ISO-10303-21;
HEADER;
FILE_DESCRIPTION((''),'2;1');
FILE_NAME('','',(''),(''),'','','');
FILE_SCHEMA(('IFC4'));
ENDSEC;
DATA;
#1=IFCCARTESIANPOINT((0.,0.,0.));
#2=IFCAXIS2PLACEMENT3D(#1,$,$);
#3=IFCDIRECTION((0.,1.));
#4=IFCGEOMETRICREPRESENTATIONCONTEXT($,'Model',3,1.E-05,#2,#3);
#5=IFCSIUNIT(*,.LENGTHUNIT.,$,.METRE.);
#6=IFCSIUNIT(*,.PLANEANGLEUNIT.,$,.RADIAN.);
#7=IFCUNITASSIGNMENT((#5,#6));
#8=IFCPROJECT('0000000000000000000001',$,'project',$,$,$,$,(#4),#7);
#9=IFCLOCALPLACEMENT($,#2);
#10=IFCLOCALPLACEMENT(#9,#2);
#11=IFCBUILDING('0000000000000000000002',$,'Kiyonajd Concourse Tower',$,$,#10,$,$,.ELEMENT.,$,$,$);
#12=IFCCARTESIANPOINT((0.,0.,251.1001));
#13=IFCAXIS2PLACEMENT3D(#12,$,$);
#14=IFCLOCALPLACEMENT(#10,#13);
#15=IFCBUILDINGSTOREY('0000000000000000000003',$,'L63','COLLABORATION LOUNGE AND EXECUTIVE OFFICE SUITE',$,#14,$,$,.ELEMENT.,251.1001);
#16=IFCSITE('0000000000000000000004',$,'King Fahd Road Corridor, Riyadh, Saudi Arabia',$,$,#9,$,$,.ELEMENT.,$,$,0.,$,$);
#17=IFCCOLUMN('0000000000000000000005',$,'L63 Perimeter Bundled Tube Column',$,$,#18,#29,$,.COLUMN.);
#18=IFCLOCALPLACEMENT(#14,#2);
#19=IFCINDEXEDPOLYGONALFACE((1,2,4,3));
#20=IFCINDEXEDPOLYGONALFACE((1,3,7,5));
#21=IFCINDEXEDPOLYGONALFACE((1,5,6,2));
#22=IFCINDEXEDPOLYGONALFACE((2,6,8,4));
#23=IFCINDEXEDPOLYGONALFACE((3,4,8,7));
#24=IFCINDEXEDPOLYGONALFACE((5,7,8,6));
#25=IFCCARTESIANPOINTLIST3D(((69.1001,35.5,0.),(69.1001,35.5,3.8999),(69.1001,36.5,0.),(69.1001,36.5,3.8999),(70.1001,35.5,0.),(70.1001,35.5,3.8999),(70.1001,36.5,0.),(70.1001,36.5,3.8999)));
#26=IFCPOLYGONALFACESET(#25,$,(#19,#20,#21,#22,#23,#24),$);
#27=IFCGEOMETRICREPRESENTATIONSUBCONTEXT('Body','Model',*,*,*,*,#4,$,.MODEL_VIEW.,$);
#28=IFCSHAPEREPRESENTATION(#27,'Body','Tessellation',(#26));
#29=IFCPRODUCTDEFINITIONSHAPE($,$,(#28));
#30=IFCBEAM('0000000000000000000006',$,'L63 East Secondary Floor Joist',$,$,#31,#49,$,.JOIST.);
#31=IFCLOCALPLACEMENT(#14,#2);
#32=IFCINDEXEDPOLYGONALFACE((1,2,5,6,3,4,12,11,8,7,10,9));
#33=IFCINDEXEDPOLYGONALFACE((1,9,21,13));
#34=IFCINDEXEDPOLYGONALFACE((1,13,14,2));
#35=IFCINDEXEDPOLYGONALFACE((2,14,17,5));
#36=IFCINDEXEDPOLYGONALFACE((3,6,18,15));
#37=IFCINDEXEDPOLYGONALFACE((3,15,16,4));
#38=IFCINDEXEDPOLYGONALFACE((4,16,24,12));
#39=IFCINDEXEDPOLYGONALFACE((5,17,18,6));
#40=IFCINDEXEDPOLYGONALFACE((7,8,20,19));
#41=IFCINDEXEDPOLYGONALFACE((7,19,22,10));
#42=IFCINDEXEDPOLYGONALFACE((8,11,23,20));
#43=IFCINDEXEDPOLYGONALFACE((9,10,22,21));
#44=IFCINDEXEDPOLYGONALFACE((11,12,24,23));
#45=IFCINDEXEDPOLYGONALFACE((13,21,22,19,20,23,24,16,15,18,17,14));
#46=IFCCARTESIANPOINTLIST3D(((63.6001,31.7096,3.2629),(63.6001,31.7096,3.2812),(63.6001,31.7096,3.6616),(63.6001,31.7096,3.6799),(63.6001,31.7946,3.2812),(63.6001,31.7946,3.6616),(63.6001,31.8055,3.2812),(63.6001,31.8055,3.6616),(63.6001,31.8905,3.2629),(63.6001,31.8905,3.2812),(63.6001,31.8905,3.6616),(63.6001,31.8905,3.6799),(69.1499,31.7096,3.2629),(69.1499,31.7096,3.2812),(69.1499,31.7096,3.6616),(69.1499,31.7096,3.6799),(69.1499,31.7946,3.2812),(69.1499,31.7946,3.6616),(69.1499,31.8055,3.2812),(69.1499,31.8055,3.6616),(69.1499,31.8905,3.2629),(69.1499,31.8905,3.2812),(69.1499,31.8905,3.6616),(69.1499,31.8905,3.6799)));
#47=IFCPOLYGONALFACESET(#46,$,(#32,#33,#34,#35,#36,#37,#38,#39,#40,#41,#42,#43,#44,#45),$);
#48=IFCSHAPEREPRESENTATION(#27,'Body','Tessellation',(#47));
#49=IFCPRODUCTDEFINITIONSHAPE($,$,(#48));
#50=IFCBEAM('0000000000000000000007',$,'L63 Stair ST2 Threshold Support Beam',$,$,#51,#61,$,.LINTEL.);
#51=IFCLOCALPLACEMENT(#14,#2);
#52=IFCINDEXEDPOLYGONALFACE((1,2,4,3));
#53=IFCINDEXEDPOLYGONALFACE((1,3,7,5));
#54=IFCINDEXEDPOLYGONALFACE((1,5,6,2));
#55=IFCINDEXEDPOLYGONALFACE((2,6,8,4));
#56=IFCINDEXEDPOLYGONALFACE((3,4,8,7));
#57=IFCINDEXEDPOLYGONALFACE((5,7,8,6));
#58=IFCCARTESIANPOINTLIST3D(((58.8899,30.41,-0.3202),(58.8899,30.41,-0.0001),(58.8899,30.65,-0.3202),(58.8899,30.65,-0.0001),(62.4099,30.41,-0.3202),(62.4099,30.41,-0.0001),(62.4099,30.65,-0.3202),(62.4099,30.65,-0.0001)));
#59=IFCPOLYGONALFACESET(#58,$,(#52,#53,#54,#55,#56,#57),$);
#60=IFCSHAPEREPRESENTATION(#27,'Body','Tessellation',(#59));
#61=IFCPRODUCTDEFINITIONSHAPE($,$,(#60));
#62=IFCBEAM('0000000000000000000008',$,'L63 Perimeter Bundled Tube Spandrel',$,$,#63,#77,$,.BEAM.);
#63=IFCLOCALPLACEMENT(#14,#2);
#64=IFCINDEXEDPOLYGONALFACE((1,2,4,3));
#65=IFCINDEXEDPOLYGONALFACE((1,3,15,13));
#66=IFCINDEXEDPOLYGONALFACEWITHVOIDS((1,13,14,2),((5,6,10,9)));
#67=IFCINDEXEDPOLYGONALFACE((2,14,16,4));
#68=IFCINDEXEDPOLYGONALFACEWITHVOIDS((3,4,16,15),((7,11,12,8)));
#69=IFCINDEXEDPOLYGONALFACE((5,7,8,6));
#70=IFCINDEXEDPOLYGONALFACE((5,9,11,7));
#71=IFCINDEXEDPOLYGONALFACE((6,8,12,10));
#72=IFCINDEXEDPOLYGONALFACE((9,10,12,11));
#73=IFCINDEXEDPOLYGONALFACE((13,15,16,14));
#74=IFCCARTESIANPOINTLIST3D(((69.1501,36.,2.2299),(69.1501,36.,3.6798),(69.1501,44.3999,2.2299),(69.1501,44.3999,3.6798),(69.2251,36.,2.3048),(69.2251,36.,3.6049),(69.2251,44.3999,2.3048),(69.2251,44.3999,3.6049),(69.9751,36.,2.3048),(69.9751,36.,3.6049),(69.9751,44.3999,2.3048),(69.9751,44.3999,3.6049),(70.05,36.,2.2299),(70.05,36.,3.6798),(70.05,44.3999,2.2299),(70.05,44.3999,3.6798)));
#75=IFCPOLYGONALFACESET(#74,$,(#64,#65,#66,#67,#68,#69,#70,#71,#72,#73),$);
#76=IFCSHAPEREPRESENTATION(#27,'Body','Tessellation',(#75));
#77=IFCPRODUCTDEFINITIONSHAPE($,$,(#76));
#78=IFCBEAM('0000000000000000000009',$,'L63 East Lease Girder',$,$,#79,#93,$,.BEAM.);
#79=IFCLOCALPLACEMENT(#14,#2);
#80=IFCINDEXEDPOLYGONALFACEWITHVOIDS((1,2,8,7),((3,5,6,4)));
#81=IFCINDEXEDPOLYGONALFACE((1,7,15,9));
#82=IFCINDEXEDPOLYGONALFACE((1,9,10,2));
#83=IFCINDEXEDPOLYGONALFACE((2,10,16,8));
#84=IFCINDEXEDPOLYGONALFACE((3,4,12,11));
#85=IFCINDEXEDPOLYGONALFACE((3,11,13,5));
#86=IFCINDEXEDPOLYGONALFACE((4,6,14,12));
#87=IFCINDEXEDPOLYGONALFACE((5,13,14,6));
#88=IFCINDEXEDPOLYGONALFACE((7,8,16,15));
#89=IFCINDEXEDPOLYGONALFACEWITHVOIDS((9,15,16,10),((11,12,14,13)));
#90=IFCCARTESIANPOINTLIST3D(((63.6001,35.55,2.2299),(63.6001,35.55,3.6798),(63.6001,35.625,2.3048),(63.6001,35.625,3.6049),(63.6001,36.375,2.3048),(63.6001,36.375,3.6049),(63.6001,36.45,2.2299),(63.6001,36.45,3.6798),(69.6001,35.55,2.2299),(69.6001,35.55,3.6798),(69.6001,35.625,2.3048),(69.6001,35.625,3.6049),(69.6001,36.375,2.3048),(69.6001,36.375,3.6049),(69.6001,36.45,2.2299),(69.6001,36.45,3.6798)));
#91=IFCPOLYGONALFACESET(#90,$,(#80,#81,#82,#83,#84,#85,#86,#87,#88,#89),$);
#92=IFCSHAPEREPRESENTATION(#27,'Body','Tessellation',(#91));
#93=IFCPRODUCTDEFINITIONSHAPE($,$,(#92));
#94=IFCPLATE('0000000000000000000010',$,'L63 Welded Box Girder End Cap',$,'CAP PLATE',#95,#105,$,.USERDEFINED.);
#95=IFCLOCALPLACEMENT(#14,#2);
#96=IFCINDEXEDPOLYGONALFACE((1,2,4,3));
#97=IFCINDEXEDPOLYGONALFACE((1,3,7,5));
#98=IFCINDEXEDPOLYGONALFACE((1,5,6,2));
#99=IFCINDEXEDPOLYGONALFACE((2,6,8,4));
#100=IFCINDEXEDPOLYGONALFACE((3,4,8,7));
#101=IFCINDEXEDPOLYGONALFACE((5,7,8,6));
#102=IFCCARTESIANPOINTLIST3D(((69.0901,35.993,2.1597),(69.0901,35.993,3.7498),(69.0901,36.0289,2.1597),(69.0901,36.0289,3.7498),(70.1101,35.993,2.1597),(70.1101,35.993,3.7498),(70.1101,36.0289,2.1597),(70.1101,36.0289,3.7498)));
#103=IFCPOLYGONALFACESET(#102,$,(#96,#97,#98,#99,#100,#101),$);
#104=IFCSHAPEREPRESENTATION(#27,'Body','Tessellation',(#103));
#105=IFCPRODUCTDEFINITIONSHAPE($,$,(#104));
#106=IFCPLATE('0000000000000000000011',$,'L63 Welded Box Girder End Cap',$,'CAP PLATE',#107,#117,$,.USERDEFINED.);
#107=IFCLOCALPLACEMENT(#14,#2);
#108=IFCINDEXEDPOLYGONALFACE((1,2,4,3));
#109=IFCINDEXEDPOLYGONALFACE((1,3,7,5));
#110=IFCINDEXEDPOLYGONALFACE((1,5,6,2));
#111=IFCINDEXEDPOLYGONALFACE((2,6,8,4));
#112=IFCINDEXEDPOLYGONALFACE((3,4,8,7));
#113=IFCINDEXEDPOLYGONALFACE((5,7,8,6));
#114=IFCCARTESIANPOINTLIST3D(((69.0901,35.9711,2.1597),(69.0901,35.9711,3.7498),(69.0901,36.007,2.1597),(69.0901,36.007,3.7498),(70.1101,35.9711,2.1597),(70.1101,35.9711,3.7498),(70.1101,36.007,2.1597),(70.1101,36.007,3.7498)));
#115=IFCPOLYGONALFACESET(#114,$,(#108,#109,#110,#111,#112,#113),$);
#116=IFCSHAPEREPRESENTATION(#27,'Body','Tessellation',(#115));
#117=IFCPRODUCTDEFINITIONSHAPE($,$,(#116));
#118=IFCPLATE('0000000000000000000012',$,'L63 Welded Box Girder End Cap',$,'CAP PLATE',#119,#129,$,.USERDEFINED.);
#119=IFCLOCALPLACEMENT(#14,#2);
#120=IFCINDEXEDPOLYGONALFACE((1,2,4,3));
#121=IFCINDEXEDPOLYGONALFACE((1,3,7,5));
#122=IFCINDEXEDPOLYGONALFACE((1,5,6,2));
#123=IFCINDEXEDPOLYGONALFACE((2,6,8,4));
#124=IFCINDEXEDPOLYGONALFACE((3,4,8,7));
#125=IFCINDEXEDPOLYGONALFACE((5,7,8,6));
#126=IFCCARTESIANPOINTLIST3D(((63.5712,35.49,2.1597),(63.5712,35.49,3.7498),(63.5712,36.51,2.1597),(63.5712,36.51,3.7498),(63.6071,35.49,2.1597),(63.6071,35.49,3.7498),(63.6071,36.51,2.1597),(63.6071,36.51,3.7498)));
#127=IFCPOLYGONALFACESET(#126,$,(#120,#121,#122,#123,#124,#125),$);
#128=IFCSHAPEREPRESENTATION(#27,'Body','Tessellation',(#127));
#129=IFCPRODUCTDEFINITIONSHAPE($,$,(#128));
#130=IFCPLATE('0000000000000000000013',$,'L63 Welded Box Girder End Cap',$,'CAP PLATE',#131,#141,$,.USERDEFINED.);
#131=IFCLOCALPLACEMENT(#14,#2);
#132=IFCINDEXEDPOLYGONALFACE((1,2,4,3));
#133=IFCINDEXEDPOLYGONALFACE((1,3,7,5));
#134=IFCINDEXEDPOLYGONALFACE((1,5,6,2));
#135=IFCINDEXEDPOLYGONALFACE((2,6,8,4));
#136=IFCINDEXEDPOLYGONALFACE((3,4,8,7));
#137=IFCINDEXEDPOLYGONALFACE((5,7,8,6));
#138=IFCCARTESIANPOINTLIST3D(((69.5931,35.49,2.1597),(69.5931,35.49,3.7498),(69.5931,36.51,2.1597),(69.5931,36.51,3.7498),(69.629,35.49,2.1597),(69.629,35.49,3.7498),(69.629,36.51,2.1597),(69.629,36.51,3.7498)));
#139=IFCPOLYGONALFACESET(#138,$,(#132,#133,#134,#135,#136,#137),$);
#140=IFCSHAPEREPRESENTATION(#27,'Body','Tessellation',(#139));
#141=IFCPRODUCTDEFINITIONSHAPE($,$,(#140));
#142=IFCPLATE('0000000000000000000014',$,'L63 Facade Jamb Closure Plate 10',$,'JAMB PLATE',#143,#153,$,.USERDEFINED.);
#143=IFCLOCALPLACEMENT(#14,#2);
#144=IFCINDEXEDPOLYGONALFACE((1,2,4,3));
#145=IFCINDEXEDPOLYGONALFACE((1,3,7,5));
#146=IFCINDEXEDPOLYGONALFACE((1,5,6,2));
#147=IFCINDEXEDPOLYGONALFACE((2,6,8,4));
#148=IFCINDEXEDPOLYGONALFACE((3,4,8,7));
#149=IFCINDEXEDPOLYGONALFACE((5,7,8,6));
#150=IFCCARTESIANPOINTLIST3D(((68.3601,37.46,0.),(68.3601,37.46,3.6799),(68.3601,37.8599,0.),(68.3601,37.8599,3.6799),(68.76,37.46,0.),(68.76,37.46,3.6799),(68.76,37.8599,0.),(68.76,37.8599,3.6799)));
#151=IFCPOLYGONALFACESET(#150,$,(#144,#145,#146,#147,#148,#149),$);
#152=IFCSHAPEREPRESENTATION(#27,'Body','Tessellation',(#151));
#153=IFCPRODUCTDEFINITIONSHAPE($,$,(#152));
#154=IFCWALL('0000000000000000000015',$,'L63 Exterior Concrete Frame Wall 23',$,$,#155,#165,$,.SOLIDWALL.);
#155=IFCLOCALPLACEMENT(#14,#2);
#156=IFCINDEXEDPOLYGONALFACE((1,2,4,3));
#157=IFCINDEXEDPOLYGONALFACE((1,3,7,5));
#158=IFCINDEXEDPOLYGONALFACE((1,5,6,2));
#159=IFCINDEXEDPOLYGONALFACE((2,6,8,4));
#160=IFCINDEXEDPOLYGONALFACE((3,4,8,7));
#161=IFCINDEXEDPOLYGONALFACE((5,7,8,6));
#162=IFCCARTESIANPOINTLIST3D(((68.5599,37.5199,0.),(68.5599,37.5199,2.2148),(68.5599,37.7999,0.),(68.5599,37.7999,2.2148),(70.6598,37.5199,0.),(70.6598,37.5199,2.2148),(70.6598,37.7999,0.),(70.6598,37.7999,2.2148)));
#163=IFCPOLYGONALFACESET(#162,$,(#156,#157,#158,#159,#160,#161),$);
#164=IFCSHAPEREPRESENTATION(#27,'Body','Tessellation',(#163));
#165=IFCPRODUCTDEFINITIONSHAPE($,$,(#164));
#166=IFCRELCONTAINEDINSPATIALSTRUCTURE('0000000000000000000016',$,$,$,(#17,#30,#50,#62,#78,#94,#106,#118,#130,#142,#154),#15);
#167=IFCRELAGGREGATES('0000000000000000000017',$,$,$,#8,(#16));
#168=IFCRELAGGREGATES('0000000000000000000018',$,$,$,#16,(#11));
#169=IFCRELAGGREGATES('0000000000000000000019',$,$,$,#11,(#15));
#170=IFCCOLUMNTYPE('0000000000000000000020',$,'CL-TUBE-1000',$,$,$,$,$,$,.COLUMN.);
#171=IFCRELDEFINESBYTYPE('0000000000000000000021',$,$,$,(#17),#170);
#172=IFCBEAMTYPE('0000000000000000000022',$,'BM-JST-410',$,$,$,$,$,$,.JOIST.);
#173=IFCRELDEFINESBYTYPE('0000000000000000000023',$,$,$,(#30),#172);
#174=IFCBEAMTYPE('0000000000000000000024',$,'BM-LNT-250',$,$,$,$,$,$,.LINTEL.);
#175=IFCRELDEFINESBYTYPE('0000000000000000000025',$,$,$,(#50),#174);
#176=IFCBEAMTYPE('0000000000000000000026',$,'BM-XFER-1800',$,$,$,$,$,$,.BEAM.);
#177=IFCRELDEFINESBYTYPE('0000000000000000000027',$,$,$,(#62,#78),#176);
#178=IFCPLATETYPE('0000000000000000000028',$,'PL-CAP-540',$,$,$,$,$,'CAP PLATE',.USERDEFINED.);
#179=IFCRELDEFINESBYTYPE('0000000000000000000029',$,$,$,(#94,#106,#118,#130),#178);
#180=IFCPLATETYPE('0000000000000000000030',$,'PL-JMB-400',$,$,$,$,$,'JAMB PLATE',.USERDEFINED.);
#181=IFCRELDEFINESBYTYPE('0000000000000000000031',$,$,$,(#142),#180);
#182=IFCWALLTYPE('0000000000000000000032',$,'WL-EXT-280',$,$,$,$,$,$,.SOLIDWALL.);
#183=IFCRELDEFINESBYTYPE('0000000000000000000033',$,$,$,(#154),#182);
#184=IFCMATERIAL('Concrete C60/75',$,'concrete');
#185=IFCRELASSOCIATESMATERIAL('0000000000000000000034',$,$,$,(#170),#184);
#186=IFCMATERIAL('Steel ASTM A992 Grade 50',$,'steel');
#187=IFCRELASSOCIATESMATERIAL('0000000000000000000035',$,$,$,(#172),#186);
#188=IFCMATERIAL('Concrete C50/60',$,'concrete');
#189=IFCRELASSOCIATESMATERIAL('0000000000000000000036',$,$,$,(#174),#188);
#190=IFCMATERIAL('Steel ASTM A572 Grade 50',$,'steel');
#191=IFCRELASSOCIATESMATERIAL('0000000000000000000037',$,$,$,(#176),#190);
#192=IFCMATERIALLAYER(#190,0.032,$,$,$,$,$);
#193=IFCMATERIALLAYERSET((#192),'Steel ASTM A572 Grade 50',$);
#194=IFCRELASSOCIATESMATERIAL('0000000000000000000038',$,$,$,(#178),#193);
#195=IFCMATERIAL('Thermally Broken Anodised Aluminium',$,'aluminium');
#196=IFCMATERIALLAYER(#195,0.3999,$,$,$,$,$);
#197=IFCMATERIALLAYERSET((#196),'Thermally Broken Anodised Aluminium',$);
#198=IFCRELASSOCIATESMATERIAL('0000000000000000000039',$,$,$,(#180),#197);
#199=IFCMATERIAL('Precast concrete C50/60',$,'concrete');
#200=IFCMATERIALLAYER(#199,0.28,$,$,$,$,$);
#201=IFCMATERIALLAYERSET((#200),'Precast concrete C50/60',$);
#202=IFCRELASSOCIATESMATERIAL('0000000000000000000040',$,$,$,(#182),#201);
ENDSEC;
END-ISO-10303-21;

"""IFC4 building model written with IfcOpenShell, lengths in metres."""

from ifc_helpers import new_model, si_unit, direction, frame, frame_2d, origin, origin_2d, place, context, subcontext, project, spatial, rectangle, hollow_rectangle, i_section, extrude, material, layer, layer_set, material_profile, profile_set, type_object, element, save


model = new_model("IFC4")

# Units and contexts
model_context = context("Model", 3, precision=1e-05, world=origin(), true_north=direction((0.0, 1.0)))
body_context = subcontext(model_context, "Body", "Model", "MODEL_VIEW")
ifc_project = project(units=[si_unit("LENGTHUNIT", "METRE"), si_unit("PLANEANGLEUNIT", "RADIAN")], contexts=[model_context])

# Site, building, storey
site_placement = place(None, origin())
site = spatial("IfcSite", under=ifc_project, at=site_placement, Name="King Fahd Road Corridor, Riyadh, Saudi Arabia", CompositionType="ELEMENT", RefElevation=0.0)
building_placement = place(site_placement, origin())
building = spatial("IfcBuilding", under=site, at=building_placement, Name="Kiyonajd Concourse Tower", CompositionType="ELEMENT")
storey_placement = place(building_placement, frame((0.0, 0.0, 251.1001)))
storey = spatial("IfcBuildingStorey", under=building, at=storey_placement, Name="L63", Description="COLLABORATION LOUNGE AND EXECUTIVE OFFICE SUITE", CompositionType="ELEMENT", Elevation=251.1001)

# Column
ifc_material_1 = material(Name="Concrete C60/75", Category="concrete")
ifc_material_profile_1 = material_profile(ifc_material_1, rectangle(XDim=1.0, YDim=1.0, at=origin_2d()), Name="RC-1000x1000")
ifc_profile_set_1 = profile_set([ifc_material_profile_1], Name="Concrete C60/75")
column_type = type_object("IfcColumnType", Name="CL-TUBE-1000", PredefinedType="COLUMN", material=ifc_profile_set_1)
column_placement = place(storey_placement, frame((69.6001, 36.0, 0.0), z_axis=(0.0, 0.0, 1.0), x_axis=(1.0, 0.0, 0.0)))
element("IfcColumn", 1, at=column_placement, inside=storey, type_object=column_type, Name="L63 Perimeter Bundled Tube Column", PredefinedType="COLUMN", context=body_context, shape_type="SweptSolid", body=[
    extrude(rectangle(XDim=1.0, YDim=1.0, at=origin_2d()), origin(), (0.0, 0.0, 1.0), 3.8999),
])

# Beams
ifc_material_2 = material(Name="Steel ASTM A992 Grade 50", Category="steel")
ifc_material_profile_2 = material_profile(ifc_material_2, i_section(OverallWidth=0.1809, OverallDepth=0.417, WebThickness=0.011, FlangeThickness=0.0183, at=origin_2d()), Name="W410X85")
ifc_profile_set_2 = profile_set([ifc_material_profile_2], Name="Steel ASTM A992 Grade 50")
beam_type_1 = type_object("IfcBeamType", Name="BM-JST-410", PredefinedType="JOIST", material=ifc_profile_set_2)
beam_1_placement = place(storey_placement, frame((63.6001, 31.8, 3.4714), z_axis=(1.0, 0.0, 0.0), x_axis=(0.0, 1.0, 0.0)))
element("IfcBeam", 2, at=beam_1_placement, inside=storey, type_object=beam_type_1, Name="L63 East Secondary Floor Joist", PredefinedType="JOIST", context=body_context, shape_type="SweptSolid", body=[
    extrude(i_section(OverallWidth=0.1809, OverallDepth=0.417, WebThickness=0.011, FlangeThickness=0.0183, at=origin_2d()), origin(), (0.0, 0.0, 1.0), 5.5498),
])
ifc_material_3 = material(Name="Concrete C50/60", Category="concrete")
ifc_material_profile_3 = material_profile(ifc_material_3, rectangle(XDim=0.24, YDim=0.3201, at=origin_2d()), Name="RCBM-240x320")
ifc_profile_set_3 = profile_set([ifc_material_profile_3], Name="Concrete C50/60")
beam_type_2 = type_object("IfcBeamType", Name="BM-LNT-250", PredefinedType="LINTEL", material=ifc_profile_set_3)
beam_2_placement = place(storey_placement, frame((58.8899, 30.53, -0.1602), z_axis=(1.0, 0.0, 0.0), x_axis=(0.0, 1.0, 0.0)))
element("IfcBeam", 3, at=beam_2_placement, inside=storey, type_object=beam_type_2, Name="L63 Stair ST2 Threshold Support Beam", PredefinedType="LINTEL", context=body_context, shape_type="SweptSolid", body=[
    extrude(rectangle(XDim=0.24, YDim=0.3201, at=origin_2d()), origin(), (0.0, 0.0, 1.0), 3.52),
])
ifc_material_4 = material(Name="Steel ASTM A572 Grade 50", Category="steel")
ifc_material_profile_4 = material_profile(ifc_material_4, hollow_rectangle(XDim=0.8999, YDim=1.45, WallThickness=0.075, at=origin_2d()), Name="BOX-1450x900x75")
ifc_profile_set_4 = profile_set([ifc_material_profile_4], Name="Steel ASTM A572 Grade 50")
beam_type_3 = type_object("IfcBeamType", Name="BM-XFER-1800", PredefinedType="BEAM", material=ifc_profile_set_4)
beam_3_placement = place(storey_placement, frame((69.6001, 36.0, 2.9548), z_axis=(0.0, 1.0, 0.0), x_axis=(-1.0, 0.0, 0.0)))
element("IfcBeam", 4, at=beam_3_placement, inside=storey, type_object=beam_type_3, Name="L63 Perimeter Bundled Tube Spandrel", PredefinedType="BEAM", context=body_context, shape_type="SweptSolid", body=[
    extrude(hollow_rectangle(XDim=0.8999, YDim=1.45, WallThickness=0.075, at=origin_2d()), origin(), (0.0, 0.0, 1.0), 8.3999),
])
beam_4_placement = place(storey_placement, frame((63.6001, 36.0, 2.9548), z_axis=(1.0, 0.0, 0.0), x_axis=(0.0, 1.0, 0.0)))
element("IfcBeam", 5, at=beam_4_placement, inside=storey, type_object=beam_type_3, Name="L63 East Lease Girder", PredefinedType="BEAM", context=body_context, shape_type="SweptSolid", body=[
    extrude(hollow_rectangle(XDim=0.8999, YDim=1.45, WallThickness=0.075, at=origin_2d()), origin(), (0.0, 0.0, 1.0), 6.0),
])

# Plates
ifc_layer_1 = layer(ifc_material_4, 0.032)
ifc_layer_set_1 = layer_set([ifc_layer_1], Name="Steel ASTM A572 Grade 50")
plate_type_1 = type_object("IfcPlateType", Name="PL-CAP-540", ElementType="CAP PLATE", PredefinedType="USERDEFINED", material=ifc_layer_set_1)
for number, where, z_axis, x_axis, name in (
    (6, (69.6001, 36.011, 2.1597), (0.0, 0.0, 1.0), (0.0, 1.0, 0.0), "L63 Welded Box Girder End Cap"),
    (7, (69.6001, 35.989, 2.1597), (0.0, 0.0, 1.0), (0.0, -1.0, 0.0), "L63 Welded Box Girder End Cap"),
    (8, (63.5891, 36.0, 2.1597), (0.0, 0.0, 1.0), (-1.0, 0.0, 0.0), "L63 Welded Box Girder End Cap"),
    (9, (69.6111, 36.0, 2.1597), (0.0, 0.0, 1.0), (1.0, 0.0, 0.0), "L63 Welded Box Girder End Cap"),
):
    element("IfcPlate", number, at=place(storey_placement, frame(where, z_axis=z_axis, x_axis=x_axis)), inside=storey, type_object=plate_type_1, Name=name, ObjectType="CAP PLATE", PredefinedType="USERDEFINED", context=body_context, shape_type="SweptSolid", body=[
        extrude(rectangle(XDim=0.0359, YDim=1.02, at=origin_2d()), origin(), (0.0, 0.0, 1.0), 1.5901),
    ])
ifc_material_5 = material(Name="Thermally Broken Anodised Aluminium", Category="aluminium")
ifc_layer_2 = layer(ifc_material_5, 0.3999)
ifc_layer_set_2 = layer_set([ifc_layer_2], Name="Thermally Broken Anodised Aluminium")
plate_type_2 = type_object("IfcPlateType", Name="PL-JMB-400", ElementType="JAMB PLATE", PredefinedType="USERDEFINED", material=ifc_layer_set_2)
plate_placement = place(storey_placement, frame((68.5601, 37.6599, 0.0), z_axis=(0.0, 0.0, 1.0), x_axis=(1.0, 0.0, 0.0)))
element("IfcPlate", 10, at=plate_placement, inside=storey, type_object=plate_type_2, Name="L63 Facade Jamb Closure Plate 10", ObjectType="JAMB PLATE", PredefinedType="USERDEFINED", context=body_context, shape_type="SweptSolid", body=[
    extrude(rectangle(XDim=0.3999, YDim=0.3999, at=origin_2d()), origin(), (0.0, 0.0, 1.0), 3.6799),
])

# Wall
ifc_material_6 = material(Name="Precast concrete C50/60", Category="concrete")
ifc_layer_3 = layer(ifc_material_6, 0.28)
ifc_layer_set_3 = layer_set([ifc_layer_3], Name="Precast concrete C50/60")
wall_type_1 = type_object("IfcWallType", Name="WL-EXT-280", PredefinedType="SOLIDWALL", material=ifc_layer_set_3)
wall_1_placement = place(storey_placement, frame((68.5601, 37.6599, 0.0), z_axis=(0.0, 0.0, 1.0), x_axis=(1.0, 0.0, 0.0)))
element("IfcWall", 11, at=wall_1_placement, inside=storey, type_object=wall_type_1, Name="L63 Exterior Concrete Frame Wall 23", PredefinedType="SOLIDWALL", context=body_context, shape_type="SweptSolid", body=[
    extrude(rectangle(XDim=2.0999, YDim=0.28, at=frame_2d((1.0498, 0.0))), origin(), (0.0, 0.0, 1.0), 2.2148),
])

save(model, "model.ifc")
